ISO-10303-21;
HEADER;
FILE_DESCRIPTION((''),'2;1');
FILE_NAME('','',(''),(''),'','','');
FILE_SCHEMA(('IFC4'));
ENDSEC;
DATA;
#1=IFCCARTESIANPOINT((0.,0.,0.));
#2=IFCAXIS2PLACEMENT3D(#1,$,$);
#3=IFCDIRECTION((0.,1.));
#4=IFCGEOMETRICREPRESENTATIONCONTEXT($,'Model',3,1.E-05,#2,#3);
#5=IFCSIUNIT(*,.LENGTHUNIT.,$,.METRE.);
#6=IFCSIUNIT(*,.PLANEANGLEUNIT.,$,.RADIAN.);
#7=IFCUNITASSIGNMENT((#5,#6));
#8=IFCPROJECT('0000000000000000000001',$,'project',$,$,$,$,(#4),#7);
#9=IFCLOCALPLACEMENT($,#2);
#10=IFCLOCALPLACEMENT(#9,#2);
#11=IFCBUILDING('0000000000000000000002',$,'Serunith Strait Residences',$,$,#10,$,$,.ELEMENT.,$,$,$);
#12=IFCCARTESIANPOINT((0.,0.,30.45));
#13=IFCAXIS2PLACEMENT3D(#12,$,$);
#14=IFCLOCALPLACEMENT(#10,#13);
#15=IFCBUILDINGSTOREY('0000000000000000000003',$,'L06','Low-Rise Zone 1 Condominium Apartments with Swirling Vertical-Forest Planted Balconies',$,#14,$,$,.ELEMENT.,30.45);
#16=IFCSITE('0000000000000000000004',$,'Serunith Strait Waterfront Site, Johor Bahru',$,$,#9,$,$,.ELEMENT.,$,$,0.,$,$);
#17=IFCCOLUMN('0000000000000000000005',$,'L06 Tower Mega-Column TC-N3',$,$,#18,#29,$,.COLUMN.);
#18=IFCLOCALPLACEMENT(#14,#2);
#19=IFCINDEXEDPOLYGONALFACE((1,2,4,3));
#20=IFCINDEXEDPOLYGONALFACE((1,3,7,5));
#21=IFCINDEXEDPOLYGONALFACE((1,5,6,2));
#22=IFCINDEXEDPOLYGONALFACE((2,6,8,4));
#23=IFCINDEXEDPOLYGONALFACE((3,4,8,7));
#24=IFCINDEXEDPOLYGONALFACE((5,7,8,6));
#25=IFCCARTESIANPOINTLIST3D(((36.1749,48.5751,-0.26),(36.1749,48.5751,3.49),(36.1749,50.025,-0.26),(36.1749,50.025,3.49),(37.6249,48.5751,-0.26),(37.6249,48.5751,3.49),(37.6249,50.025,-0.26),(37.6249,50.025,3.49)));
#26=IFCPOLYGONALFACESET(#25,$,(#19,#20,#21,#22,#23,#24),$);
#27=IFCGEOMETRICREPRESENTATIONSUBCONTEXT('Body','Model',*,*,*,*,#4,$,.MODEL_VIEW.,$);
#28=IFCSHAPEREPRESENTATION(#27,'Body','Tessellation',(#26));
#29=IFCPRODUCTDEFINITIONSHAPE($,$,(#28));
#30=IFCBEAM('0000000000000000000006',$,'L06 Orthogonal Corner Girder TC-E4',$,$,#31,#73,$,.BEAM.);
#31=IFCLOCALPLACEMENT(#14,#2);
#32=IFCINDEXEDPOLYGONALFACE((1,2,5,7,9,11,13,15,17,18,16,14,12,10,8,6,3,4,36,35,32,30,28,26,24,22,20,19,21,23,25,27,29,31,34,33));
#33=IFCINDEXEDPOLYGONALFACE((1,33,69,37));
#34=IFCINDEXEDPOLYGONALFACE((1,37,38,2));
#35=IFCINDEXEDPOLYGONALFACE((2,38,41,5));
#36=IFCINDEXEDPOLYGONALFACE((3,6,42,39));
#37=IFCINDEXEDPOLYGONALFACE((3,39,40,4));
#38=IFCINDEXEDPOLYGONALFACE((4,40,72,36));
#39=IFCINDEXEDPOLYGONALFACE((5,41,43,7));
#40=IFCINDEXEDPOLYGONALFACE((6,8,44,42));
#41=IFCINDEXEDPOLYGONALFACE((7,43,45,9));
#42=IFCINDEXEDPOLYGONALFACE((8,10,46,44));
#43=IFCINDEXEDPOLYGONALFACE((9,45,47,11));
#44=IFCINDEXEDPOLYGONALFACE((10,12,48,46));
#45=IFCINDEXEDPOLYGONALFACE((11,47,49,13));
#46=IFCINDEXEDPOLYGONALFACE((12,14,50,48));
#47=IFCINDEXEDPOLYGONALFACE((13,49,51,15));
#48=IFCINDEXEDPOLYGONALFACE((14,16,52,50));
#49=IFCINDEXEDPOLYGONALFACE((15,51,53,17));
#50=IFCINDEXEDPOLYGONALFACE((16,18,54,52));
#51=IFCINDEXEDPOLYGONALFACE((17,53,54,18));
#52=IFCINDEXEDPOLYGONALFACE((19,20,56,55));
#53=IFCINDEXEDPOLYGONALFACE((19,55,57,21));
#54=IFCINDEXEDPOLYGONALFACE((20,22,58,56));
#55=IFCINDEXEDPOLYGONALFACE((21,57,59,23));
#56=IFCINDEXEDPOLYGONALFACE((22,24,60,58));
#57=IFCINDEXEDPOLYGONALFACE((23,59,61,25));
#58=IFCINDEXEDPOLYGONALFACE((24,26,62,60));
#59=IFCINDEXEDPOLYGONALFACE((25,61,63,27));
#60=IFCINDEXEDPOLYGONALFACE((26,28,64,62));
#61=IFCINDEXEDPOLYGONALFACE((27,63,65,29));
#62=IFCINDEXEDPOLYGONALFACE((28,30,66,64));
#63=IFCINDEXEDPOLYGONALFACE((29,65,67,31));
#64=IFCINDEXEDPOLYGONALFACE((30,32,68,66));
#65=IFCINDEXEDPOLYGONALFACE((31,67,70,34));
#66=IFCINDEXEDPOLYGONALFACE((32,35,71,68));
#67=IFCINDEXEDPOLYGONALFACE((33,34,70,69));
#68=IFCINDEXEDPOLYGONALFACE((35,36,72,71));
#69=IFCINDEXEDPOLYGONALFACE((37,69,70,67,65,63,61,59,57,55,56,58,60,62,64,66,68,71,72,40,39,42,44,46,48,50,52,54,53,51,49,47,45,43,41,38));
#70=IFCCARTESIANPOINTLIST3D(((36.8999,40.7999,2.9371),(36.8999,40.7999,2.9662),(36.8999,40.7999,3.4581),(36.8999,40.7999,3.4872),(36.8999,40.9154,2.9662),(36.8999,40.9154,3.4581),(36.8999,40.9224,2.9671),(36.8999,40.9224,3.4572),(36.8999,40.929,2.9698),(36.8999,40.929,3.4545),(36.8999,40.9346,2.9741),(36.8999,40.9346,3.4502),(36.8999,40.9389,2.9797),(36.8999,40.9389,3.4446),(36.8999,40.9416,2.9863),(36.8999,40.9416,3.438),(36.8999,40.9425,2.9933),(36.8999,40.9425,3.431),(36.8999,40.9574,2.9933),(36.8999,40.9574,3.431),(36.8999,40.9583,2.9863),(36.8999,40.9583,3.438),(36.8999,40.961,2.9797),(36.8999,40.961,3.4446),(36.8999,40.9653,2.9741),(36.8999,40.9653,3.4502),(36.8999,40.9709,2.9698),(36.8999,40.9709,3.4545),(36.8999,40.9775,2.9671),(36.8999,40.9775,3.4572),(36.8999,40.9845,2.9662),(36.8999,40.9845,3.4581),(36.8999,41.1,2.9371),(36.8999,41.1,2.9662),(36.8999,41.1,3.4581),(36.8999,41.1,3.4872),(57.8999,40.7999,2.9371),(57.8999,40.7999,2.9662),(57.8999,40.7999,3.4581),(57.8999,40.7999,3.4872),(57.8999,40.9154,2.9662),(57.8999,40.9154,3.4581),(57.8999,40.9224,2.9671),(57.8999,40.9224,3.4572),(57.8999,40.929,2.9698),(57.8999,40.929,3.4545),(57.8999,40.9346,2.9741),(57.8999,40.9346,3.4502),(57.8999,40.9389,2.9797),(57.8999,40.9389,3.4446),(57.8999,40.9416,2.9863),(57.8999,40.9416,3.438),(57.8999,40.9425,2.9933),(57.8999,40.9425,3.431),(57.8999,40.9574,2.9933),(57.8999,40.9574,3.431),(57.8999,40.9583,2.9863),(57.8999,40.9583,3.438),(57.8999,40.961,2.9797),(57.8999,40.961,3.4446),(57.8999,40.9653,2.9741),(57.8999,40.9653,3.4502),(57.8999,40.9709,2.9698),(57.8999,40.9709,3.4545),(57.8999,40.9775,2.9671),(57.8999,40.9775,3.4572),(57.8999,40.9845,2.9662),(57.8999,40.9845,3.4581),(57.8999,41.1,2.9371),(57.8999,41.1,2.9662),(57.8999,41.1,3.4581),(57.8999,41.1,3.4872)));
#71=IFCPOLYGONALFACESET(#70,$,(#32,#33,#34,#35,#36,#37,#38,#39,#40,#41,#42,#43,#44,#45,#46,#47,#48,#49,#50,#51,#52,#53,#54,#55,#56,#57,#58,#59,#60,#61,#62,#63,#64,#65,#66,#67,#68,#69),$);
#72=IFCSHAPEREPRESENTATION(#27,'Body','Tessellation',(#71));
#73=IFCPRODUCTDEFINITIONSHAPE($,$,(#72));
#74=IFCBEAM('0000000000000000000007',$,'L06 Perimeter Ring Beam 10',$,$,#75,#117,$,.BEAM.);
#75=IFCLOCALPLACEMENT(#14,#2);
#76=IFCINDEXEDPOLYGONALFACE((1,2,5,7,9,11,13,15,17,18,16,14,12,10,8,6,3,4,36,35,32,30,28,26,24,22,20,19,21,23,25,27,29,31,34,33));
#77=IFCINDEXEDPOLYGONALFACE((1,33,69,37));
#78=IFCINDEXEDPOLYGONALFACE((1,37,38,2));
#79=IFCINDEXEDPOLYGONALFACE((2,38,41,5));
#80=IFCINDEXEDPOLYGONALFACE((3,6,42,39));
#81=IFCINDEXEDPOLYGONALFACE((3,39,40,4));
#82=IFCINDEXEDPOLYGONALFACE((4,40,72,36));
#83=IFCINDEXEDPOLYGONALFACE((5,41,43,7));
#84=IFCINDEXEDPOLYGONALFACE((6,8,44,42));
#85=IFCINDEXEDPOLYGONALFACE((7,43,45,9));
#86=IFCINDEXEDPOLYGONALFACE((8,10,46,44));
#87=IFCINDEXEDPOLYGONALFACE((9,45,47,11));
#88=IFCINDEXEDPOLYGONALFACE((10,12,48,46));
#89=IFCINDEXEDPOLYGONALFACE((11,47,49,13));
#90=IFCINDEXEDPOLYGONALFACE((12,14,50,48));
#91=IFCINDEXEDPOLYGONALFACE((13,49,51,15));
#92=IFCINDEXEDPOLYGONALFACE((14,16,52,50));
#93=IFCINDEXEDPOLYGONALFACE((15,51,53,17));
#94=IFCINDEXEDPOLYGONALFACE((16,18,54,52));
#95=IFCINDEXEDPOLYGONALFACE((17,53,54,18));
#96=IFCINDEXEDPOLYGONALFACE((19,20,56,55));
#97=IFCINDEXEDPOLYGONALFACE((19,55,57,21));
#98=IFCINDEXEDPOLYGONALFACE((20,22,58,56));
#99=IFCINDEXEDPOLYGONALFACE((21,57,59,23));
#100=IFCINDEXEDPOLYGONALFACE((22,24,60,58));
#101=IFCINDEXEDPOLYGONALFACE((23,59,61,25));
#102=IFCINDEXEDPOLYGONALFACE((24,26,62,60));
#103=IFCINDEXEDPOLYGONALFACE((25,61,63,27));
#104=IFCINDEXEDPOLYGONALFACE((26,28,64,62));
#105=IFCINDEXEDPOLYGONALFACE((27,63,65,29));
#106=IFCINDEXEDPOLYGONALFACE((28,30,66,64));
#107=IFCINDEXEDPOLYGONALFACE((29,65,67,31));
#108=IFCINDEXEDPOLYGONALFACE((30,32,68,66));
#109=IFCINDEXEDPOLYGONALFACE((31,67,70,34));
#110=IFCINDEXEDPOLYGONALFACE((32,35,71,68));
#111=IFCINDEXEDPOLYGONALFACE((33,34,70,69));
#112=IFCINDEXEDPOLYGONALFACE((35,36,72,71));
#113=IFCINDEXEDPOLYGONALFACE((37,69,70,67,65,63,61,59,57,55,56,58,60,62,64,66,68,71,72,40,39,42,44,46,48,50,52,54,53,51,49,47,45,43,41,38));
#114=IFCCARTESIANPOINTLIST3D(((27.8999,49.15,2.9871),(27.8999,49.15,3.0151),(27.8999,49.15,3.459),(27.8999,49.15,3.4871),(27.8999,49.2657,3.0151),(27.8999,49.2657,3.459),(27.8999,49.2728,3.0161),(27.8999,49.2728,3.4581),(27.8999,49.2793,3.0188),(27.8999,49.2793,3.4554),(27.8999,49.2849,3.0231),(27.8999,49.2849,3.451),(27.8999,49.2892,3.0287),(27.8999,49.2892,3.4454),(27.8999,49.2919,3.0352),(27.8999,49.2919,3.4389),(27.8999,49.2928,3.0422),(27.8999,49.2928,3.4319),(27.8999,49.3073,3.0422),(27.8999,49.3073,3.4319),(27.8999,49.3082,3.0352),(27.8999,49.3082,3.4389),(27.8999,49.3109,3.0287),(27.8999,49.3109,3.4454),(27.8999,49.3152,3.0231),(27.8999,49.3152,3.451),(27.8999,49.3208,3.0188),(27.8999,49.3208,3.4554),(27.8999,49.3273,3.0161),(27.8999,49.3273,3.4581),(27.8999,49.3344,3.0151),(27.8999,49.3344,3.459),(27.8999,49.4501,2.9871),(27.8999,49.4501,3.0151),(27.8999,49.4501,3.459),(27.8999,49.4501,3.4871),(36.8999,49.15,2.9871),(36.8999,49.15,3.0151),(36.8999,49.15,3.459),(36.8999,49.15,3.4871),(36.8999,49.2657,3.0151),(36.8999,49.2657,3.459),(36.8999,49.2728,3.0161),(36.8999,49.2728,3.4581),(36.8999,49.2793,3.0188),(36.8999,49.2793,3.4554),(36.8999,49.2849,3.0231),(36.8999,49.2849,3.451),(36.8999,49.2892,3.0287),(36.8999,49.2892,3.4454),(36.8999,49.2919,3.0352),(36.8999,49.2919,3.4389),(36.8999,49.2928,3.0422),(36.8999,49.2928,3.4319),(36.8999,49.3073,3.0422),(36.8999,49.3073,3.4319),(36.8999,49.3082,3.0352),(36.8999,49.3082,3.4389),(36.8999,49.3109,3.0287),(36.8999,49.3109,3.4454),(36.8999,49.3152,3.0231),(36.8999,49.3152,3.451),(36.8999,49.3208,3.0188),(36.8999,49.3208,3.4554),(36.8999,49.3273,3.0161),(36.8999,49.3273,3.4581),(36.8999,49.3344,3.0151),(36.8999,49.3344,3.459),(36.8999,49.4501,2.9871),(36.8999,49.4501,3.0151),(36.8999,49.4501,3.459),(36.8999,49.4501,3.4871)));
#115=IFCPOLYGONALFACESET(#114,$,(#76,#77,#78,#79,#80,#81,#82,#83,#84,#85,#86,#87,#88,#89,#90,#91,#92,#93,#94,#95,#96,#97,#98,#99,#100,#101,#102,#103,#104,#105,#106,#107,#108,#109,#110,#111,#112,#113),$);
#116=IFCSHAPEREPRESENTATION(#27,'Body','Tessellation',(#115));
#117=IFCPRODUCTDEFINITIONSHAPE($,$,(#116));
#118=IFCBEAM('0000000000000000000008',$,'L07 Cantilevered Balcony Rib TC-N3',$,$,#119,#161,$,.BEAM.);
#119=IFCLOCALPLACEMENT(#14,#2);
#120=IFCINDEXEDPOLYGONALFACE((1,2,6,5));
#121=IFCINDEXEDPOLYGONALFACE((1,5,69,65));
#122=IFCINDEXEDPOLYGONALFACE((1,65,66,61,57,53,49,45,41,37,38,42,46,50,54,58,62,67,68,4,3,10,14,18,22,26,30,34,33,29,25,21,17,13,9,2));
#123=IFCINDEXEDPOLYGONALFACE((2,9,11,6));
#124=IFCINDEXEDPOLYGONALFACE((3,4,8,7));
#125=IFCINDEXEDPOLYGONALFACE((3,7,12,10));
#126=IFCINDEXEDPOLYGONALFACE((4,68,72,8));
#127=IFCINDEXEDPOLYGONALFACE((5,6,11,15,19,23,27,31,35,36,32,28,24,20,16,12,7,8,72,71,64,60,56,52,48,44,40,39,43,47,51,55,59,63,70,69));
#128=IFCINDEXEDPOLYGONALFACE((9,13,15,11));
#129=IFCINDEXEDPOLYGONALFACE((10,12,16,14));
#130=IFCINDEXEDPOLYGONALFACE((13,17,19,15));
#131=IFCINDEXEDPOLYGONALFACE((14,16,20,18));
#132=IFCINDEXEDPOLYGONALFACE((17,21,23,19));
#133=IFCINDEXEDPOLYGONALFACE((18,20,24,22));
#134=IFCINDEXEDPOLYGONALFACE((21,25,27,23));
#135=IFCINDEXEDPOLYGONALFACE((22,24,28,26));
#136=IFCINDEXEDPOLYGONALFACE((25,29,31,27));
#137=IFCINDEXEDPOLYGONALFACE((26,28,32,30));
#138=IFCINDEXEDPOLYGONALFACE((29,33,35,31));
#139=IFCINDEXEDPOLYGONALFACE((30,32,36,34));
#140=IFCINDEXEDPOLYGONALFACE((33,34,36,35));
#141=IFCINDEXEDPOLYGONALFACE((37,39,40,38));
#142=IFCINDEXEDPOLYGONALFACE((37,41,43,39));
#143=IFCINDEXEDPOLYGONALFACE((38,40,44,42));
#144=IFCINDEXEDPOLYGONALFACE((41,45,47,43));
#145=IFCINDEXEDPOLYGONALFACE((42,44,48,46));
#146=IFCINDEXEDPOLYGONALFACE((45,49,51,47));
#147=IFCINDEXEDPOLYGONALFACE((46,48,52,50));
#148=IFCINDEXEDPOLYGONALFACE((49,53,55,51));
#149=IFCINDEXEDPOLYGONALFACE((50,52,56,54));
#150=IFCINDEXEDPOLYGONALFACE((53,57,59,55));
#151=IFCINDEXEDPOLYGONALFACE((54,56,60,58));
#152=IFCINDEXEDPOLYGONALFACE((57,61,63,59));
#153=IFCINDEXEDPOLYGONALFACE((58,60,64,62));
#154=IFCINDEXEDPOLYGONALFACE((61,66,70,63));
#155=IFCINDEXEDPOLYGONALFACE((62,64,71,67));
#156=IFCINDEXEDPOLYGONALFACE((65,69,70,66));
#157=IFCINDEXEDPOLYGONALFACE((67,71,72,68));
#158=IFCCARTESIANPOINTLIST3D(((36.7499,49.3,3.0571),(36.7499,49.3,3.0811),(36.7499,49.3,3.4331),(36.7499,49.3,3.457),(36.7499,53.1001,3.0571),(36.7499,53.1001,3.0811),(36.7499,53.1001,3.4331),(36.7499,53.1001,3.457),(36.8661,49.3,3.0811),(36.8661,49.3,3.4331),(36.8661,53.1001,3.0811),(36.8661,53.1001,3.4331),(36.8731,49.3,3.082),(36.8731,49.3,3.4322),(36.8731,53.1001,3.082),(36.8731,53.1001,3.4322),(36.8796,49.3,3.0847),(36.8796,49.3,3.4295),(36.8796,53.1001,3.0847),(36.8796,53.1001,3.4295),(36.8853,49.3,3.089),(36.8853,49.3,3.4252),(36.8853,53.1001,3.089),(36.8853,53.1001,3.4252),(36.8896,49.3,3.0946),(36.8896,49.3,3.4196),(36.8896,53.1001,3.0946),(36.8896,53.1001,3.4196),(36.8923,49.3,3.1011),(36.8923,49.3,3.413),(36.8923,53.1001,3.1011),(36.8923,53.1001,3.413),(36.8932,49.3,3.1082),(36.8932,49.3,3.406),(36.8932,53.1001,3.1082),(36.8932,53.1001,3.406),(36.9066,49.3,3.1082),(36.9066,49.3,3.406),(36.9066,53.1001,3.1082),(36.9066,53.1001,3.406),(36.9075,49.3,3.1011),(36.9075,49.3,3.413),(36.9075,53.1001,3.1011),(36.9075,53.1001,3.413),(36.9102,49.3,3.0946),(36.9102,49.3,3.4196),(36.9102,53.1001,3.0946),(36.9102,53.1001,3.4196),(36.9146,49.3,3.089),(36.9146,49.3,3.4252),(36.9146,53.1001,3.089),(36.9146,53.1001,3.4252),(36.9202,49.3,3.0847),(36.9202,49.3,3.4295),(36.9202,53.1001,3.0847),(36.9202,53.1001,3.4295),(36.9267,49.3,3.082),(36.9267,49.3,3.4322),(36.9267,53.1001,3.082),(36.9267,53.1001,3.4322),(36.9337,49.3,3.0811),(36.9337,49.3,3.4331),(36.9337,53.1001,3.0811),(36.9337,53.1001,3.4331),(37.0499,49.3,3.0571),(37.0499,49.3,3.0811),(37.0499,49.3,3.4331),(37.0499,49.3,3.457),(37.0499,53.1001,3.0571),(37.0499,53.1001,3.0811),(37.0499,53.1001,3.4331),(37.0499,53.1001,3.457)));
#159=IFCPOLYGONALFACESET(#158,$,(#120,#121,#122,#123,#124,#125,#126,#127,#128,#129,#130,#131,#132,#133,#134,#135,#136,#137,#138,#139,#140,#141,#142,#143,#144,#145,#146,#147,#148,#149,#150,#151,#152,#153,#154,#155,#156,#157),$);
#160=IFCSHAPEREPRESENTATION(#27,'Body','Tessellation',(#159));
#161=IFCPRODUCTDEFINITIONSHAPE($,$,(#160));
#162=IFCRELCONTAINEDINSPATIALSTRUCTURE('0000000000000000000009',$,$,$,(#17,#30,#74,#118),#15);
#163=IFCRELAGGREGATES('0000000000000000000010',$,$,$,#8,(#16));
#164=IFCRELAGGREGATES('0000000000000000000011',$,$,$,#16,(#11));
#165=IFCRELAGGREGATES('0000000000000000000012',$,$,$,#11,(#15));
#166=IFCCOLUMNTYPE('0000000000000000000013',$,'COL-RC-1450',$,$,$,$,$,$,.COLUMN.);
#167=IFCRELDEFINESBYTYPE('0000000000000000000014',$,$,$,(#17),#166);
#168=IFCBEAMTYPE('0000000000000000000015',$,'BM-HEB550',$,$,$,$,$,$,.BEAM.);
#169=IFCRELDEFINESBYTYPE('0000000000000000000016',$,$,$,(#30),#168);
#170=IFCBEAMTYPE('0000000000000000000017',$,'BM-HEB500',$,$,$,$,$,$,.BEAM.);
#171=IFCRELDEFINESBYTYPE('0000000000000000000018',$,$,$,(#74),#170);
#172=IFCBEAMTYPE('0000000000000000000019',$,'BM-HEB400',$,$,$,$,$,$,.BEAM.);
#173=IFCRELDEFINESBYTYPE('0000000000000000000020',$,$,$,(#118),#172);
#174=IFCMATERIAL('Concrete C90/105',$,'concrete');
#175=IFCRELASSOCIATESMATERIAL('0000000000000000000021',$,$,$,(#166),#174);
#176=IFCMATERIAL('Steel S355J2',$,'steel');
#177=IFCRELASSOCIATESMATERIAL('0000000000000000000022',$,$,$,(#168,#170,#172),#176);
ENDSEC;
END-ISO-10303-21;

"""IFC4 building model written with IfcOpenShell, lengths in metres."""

from ifc_helpers import new_model, si_unit, direction, frame, origin, origin_2d, place, context, subcontext, project, spatial, rectangle, i_section, extrude, source, transform, mapped, material, material_profile, profile_set, type_object, element, save


model = new_model("IFC4")

# Units and contexts
model_context = context("Model", 3, precision=1e-05, world=origin(), true_north=direction((0.0, 1.0)))
body_context = subcontext(model_context, "Body", "Model", "MODEL_VIEW")
ifc_project = project(units=[si_unit("LENGTHUNIT", "METRE"), si_unit("PLANEANGLEUNIT", "RADIAN")], contexts=[model_context])

# Site, building, storey
site_placement = place(None, origin())
site = spatial("IfcSite", under=ifc_project, at=site_placement, Name="Serunith Strait Waterfront Site, Johor Bahru", CompositionType="ELEMENT", RefElevation=0.0)
building_placement = place(site_placement, origin())
building = spatial("IfcBuilding", under=site, at=building_placement, Name="Serunith Strait Residences", CompositionType="ELEMENT")
storey_placement = place(building_placement, frame((0.0, 0.0, 30.45)))
storey = spatial("IfcBuildingStorey", under=building, at=storey_placement, Name="L06", Description="Low-Rise Zone 1 Condominium Apartments with Swirling Vertical-Forest Planted Balconies", CompositionType="ELEMENT", Elevation=30.45)

# Column
ifc_material_1 = material(Name="Concrete C90/105", Category="concrete")
ifc_material_profile_1 = material_profile(ifc_material_1, rectangle(XDim=1.45, YDim=1.45, at=origin_2d()), Name="RC 1450x1450")
ifc_profile_set_1 = profile_set([ifc_material_profile_1], Name="Concrete C90/105")
column_type = type_object("IfcColumnType", Name="COL-RC-1450", PredefinedType="COLUMN", material=ifc_profile_set_1)
shared_shape_1 = source(origin(), body_context, "Body", "SweptSolid", [
    extrude(rectangle(XDim=1.45, YDim=1.45, at=origin_2d()), origin(), (0.0, 0.0, 1.0), 3.75),
])
column_placement = place(storey_placement, frame((36.8999, 49.3, -0.26), z_axis=(0.0, 0.0, 1.0), x_axis=(1.0, 0.0, 0.0)))
element("IfcColumn", 1, at=column_placement, inside=storey, type_object=column_type, Name="L06 Tower Mega-Column TC-N3", PredefinedType="COLUMN", context=body_context, shape_type="MappedRepresentation", body=[
    mapped(shared_shape_1, transform((0.0, 0.0, 0.0), scale=1.0)),
])

# Beams
ifc_material_2 = material(Name="Steel S355J2", Category="steel")
ifc_material_profile_2 = material_profile(ifc_material_2, i_section(OverallWidth=0.3, OverallDepth=0.55, WebThickness=0.0149, FlangeThickness=0.0291, FilletRadius=0.0271, at=origin_2d()), Name="HEB 550")
ifc_profile_set_2 = profile_set([ifc_material_profile_2], Name="Steel S355J2")
beam_type_1 = type_object("IfcBeamType", Name="BM-HEB550", PredefinedType="BEAM", material=ifc_profile_set_2)
shared_shape_2 = source(origin(), body_context, "Body", "SweptSolid", [
    extrude(i_section(OverallWidth=0.3, OverallDepth=0.55, WebThickness=0.0149, FlangeThickness=0.0291, FilletRadius=0.0271, at=origin_2d()), origin(), (0.0, 0.0, 1.0), 21.0),
])
beam_1_placement = place(storey_placement, frame((36.8999, 40.95, 3.2122), z_axis=(1.0, 0.0, 0.0), x_axis=(0.0, 1.0, 0.0)))
element("IfcBeam", 2, at=beam_1_placement, inside=storey, type_object=beam_type_1, Name="L06 Orthogonal Corner Girder TC-E4", PredefinedType="BEAM", context=body_context, shape_type="MappedRepresentation", body=[
    mapped(shared_shape_2, transform((0.0, 0.0, 0.0), scale=1.0)),
])
ifc_material_profile_3 = material_profile(ifc_material_2, i_section(OverallWidth=0.3, OverallDepth=0.5, WebThickness=0.0144, FlangeThickness=0.0281, FilletRadius=0.0271, at=origin_2d()), Name="HEB 500")
ifc_profile_set_3 = profile_set([ifc_material_profile_3], Name="Steel S355J2")
beam_type_2 = type_object("IfcBeamType", Name="BM-HEB500", PredefinedType="BEAM", material=ifc_profile_set_3)
shared_shape_3 = source(origin(), body_context, "Body", "SweptSolid", [
    extrude(i_section(OverallWidth=0.3, OverallDepth=0.5, WebThickness=0.0144, FlangeThickness=0.0281, FilletRadius=0.0271, at=origin_2d()), origin(), (0.0, 0.0, 1.0), 9.0),
])
beam_2_placement = place(storey_placement, frame((36.8999, 49.3, 3.2371), z_axis=(-1.0, 0.0, 0.0), x_axis=(0.0, -1.0, 0.0)))
element("IfcBeam", 3, at=beam_2_placement, inside=storey, type_object=beam_type_2, Name="L06 Perimeter Ring Beam 10", PredefinedType="BEAM", context=body_context, shape_type="MappedRepresentation", body=[
    mapped(shared_shape_3, transform((0.0, 0.0, 0.0), scale=1.0)),
])
ifc_material_profile_4 = material_profile(ifc_material_2, i_section(OverallWidth=0.3, OverallDepth=0.3999, WebThickness=0.0134, FlangeThickness=0.0239, FilletRadius=0.0271, at=origin_2d()), Name="HEB 400")
ifc_profile_set_4 = profile_set([ifc_material_profile_4], Name="Steel S355J2")
beam_type_3 = type_object("IfcBeamType", Name="BM-HEB400", PredefinedType="BEAM", material=ifc_profile_set_4)
shared_shape_4 = source(origin(), body_context, "Body", "SweptSolid", [
    extrude(i_section(OverallWidth=0.3, OverallDepth=0.3999, WebThickness=0.0134, FlangeThickness=0.0239, FilletRadius=0.0271, at=origin_2d()), origin(), (0.0, 0.0, 1.0), 3.8),
])
beam_3_placement = place(storey_placement, frame((36.8999, 49.3, 3.2571), z_axis=(0.0, 1.0, 0.0), x_axis=(-1.0, 0.0, 0.0)))
element("IfcBeam", 4, at=beam_3_placement, inside=storey, type_object=beam_type_3, Name="L07 Cantilevered Balcony Rib TC-N3", PredefinedType="BEAM", context=body_context, shape_type="MappedRepresentation", body=[
    mapped(shared_shape_4, transform((0.0, 0.0, 0.0), scale=1.0)),
])

save(model, "model.ifc")
